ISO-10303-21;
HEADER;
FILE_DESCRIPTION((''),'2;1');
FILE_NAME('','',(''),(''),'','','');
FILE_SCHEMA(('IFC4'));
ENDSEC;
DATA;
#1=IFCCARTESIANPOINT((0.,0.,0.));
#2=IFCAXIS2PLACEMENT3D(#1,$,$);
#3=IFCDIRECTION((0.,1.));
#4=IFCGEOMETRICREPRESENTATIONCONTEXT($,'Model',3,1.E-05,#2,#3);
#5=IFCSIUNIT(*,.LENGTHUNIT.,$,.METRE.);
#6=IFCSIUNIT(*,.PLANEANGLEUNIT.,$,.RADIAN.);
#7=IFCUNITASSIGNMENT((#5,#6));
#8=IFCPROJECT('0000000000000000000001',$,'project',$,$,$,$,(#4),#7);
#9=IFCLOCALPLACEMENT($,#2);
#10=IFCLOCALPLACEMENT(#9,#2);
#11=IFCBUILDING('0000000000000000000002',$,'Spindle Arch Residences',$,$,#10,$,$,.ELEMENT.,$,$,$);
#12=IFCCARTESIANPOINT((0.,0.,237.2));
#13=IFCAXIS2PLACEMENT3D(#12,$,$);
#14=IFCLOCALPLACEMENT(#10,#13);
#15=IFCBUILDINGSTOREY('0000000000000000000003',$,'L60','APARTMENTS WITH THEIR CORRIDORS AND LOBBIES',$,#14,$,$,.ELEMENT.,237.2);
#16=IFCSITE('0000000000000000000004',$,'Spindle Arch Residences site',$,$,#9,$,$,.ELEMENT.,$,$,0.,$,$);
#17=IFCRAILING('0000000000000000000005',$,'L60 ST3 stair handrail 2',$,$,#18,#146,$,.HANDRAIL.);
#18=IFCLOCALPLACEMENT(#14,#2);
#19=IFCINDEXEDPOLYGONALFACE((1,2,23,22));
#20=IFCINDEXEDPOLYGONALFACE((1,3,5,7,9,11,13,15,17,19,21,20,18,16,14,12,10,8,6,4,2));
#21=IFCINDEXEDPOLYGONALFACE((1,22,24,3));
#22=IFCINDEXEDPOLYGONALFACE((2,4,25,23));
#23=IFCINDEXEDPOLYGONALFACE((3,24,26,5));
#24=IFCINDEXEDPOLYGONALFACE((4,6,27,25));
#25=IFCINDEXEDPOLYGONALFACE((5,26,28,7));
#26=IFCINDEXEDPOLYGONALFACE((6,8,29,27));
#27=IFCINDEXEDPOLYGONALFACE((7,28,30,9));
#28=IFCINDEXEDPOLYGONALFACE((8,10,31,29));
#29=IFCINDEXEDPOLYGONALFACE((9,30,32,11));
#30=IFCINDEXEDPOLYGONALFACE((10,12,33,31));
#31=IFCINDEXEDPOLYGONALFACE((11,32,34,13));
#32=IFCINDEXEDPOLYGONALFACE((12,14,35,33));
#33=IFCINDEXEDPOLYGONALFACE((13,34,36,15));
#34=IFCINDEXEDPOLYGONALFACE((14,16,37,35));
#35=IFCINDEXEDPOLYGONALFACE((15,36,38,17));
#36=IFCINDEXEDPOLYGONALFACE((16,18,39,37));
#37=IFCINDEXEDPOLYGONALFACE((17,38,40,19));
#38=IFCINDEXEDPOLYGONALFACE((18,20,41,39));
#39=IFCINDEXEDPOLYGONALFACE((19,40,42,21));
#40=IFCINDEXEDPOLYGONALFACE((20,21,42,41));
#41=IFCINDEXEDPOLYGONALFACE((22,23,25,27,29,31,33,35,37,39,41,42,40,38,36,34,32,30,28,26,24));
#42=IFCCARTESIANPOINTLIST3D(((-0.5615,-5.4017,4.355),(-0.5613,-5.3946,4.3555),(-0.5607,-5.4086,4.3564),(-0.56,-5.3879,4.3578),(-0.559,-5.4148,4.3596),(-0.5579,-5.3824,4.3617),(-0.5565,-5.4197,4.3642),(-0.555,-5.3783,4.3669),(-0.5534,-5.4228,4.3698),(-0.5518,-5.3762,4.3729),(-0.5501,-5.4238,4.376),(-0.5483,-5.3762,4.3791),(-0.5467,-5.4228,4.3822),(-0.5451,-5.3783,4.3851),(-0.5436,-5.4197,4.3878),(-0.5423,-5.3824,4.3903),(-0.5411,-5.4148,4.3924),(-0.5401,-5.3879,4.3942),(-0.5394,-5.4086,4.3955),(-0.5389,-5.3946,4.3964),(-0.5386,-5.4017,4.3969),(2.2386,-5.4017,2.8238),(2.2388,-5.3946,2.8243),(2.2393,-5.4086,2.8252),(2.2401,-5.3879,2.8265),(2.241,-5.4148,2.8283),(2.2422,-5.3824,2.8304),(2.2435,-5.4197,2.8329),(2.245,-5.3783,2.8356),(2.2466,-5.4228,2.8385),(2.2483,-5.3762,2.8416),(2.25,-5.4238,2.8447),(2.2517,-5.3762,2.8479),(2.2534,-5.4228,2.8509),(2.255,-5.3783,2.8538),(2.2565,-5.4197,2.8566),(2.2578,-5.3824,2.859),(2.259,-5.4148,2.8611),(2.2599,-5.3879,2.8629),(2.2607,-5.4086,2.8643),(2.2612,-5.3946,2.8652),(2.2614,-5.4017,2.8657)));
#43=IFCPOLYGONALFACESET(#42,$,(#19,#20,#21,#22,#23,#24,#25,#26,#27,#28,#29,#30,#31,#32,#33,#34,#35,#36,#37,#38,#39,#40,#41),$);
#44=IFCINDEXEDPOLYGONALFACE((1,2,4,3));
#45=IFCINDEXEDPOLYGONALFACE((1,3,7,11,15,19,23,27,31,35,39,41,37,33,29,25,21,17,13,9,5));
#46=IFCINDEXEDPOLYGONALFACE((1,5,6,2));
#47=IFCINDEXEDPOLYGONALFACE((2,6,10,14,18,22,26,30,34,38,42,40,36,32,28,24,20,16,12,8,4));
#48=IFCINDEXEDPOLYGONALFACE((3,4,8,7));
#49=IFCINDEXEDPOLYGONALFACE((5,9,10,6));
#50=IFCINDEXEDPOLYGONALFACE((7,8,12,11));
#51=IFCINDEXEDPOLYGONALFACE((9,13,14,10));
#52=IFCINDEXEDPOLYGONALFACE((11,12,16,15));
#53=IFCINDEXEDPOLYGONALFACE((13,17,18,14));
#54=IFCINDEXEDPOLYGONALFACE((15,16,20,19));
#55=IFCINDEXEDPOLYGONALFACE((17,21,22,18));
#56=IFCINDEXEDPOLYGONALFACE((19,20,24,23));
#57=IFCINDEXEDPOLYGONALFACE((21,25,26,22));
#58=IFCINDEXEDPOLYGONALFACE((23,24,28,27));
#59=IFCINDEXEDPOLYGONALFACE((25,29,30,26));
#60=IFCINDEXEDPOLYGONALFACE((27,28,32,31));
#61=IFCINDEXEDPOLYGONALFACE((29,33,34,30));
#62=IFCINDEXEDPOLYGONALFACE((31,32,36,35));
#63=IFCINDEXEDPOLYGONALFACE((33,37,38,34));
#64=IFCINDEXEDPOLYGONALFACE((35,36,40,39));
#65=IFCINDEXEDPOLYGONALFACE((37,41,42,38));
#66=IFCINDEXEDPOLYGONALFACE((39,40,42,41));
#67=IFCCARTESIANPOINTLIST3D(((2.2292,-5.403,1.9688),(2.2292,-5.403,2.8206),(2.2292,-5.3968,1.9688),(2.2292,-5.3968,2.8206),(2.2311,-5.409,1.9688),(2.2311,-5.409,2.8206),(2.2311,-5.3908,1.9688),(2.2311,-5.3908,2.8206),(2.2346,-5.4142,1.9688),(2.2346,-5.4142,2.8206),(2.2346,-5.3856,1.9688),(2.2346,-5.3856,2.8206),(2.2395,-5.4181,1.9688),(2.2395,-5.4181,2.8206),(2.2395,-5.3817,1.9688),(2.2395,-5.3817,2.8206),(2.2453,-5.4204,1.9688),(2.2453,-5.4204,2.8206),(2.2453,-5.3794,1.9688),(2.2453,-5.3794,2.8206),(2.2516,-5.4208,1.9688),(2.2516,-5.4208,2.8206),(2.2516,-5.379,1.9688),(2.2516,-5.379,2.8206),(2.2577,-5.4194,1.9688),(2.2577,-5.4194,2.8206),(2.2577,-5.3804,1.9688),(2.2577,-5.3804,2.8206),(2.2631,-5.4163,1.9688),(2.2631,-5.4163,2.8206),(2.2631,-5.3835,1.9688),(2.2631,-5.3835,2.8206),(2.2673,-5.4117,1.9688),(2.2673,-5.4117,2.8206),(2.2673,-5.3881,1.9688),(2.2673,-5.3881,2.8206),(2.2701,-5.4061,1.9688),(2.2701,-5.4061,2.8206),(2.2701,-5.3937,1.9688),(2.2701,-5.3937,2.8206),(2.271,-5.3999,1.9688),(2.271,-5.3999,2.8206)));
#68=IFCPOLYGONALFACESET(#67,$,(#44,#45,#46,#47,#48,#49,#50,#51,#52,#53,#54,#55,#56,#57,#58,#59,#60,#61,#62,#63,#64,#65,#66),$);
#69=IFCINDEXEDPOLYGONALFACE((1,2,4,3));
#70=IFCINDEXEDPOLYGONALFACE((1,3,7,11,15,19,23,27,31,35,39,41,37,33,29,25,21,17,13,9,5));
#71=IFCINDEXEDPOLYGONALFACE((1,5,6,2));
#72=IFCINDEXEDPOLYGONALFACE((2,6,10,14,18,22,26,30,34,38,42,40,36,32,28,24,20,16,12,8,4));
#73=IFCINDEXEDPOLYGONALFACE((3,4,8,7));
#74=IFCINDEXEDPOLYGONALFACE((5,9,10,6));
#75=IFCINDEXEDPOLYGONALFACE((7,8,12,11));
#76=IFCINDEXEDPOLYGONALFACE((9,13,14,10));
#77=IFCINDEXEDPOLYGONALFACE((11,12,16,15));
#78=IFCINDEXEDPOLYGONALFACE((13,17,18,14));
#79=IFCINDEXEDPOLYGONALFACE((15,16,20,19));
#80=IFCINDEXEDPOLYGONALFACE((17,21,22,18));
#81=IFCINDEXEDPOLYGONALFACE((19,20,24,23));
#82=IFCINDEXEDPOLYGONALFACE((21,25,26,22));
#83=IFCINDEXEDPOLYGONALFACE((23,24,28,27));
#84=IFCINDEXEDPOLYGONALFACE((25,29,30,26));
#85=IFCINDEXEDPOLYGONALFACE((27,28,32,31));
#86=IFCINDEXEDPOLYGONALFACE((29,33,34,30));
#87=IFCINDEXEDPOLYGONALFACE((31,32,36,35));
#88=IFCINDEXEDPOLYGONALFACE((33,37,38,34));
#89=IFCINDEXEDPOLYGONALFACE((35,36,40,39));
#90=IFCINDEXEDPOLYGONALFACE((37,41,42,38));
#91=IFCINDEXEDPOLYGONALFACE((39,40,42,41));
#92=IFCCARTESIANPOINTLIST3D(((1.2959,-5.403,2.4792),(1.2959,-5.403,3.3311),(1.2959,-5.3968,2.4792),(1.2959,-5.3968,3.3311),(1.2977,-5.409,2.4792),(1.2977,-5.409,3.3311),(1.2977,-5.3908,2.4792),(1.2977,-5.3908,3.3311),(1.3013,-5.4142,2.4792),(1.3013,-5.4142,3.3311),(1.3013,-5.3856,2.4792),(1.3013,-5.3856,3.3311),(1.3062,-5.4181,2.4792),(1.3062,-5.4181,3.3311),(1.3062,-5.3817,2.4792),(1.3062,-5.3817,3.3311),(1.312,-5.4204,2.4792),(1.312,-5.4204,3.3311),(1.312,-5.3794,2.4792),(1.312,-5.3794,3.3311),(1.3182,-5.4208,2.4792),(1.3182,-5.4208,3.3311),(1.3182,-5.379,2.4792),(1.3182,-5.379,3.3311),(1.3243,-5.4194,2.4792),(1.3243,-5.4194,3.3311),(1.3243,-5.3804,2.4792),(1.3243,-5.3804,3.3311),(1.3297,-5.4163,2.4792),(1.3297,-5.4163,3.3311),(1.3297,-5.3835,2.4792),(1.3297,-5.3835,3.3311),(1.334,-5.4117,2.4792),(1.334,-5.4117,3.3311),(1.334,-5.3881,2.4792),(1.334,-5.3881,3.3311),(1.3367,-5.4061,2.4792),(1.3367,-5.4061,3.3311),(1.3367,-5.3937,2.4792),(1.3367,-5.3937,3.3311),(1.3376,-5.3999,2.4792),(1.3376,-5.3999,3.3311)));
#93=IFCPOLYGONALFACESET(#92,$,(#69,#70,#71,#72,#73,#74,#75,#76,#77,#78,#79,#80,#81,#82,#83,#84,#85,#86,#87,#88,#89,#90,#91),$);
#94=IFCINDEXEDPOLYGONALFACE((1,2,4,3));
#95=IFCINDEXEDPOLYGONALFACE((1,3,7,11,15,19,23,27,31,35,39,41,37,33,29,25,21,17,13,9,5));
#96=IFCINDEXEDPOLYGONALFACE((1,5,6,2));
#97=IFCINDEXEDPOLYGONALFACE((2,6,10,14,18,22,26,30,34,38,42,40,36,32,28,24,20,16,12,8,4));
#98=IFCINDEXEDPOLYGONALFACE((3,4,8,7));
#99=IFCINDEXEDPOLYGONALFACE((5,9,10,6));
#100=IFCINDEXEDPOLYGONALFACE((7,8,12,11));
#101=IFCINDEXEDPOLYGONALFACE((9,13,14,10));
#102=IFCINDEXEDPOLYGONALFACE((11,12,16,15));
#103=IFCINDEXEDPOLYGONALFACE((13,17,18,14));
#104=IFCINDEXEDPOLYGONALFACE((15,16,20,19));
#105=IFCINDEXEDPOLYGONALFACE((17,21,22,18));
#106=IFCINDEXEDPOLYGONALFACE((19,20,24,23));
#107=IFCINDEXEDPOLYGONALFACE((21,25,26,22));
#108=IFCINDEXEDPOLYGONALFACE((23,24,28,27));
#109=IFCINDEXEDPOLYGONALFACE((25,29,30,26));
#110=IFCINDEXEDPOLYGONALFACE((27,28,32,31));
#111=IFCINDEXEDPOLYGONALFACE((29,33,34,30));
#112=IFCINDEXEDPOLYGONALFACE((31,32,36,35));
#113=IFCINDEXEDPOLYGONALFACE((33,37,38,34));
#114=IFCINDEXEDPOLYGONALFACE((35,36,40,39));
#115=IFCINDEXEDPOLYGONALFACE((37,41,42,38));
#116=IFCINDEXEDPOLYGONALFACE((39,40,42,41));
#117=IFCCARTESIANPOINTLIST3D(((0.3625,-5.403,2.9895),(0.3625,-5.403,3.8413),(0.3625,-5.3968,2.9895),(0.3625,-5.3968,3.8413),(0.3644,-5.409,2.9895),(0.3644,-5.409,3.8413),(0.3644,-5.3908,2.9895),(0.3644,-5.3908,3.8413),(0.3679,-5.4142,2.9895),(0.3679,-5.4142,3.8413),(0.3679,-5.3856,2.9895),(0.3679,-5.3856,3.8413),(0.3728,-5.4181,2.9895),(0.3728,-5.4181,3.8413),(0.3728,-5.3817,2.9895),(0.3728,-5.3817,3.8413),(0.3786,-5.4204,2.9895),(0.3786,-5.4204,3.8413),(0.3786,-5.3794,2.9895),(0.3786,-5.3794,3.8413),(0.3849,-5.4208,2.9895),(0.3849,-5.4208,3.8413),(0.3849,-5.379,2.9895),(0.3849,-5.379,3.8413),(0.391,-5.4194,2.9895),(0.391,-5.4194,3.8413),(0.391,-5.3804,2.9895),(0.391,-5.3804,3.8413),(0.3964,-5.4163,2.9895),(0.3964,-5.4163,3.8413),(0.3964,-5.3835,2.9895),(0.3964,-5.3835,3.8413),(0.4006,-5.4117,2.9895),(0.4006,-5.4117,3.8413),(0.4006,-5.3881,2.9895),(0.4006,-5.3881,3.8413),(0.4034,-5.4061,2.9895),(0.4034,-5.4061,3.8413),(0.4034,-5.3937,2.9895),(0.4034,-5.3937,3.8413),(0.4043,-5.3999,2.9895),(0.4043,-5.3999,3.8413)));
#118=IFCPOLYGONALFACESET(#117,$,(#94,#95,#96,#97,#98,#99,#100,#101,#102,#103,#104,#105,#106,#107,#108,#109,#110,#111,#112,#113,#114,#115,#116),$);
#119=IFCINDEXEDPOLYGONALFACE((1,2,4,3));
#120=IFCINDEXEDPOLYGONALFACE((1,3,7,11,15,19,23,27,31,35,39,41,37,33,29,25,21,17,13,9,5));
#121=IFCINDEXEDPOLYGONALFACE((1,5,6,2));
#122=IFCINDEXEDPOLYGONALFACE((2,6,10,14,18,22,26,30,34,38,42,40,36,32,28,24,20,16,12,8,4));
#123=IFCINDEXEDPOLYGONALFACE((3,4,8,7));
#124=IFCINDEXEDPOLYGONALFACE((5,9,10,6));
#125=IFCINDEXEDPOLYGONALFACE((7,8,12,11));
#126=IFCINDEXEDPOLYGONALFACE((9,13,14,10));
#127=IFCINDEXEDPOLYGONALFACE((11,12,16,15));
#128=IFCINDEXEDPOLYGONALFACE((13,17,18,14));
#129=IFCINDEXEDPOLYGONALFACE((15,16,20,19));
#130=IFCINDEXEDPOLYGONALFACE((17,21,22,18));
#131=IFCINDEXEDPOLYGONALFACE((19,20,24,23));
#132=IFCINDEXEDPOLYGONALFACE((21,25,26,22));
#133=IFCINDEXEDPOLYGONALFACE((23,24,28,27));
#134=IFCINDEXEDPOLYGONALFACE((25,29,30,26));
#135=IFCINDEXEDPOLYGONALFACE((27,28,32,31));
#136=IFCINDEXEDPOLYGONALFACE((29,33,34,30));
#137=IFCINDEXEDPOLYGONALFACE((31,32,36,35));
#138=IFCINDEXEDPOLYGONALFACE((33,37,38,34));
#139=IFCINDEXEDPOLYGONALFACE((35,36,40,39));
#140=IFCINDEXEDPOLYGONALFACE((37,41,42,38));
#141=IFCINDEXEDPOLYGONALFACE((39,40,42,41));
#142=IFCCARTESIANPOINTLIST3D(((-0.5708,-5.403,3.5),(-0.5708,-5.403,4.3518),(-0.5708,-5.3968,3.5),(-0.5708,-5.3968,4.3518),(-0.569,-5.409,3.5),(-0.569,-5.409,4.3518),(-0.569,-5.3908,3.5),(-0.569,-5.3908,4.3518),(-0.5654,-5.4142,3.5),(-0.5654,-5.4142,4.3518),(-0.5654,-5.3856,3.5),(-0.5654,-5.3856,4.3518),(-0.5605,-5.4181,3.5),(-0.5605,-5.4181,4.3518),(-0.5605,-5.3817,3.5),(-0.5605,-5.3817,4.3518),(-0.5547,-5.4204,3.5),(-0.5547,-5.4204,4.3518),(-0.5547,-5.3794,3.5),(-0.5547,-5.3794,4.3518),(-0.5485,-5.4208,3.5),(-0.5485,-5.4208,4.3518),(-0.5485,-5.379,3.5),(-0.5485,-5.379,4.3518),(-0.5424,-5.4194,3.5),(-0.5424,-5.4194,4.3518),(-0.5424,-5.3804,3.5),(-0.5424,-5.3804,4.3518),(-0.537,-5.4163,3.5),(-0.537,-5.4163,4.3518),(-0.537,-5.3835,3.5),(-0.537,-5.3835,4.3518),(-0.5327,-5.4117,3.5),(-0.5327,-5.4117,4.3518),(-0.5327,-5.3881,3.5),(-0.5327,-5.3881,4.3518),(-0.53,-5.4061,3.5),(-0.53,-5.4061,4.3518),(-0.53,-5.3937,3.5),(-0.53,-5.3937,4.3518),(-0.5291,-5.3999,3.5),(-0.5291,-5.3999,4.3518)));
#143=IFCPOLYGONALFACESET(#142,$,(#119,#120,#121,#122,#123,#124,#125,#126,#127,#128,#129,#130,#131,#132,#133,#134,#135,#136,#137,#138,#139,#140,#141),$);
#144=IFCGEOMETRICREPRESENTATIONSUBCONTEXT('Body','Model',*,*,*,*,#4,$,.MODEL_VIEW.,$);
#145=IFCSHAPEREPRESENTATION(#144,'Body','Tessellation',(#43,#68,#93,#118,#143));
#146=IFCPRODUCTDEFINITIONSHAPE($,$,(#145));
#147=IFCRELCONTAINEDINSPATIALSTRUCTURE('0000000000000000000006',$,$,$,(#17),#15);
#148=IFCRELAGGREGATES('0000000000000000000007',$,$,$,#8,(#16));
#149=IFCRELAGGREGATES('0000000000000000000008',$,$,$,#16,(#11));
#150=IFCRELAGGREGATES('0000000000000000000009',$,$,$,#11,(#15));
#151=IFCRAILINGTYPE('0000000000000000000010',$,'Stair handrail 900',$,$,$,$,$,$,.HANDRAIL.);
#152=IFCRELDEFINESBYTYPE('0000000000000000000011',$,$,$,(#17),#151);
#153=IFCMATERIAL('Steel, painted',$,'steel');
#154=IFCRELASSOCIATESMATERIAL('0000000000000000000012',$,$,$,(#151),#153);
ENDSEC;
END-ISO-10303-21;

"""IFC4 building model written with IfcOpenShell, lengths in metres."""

from ifc_helpers import new_model, si_unit, direction, frame, origin, origin_2d, place, context, subcontext, project, spatial, circle, extrude, material, type_object, element, save


model = new_model("IFC4")

# Units and contexts
model_context = context("Model", 3, precision=1e-05, world=origin(), true_north=direction((0.0, 1.0)))
body_context = subcontext(model_context, "Body", "Model", "MODEL_VIEW")
ifc_project = project(units=[si_unit("LENGTHUNIT", "METRE"), si_unit("PLANEANGLEUNIT", "RADIAN")], contexts=[model_context])

# Site, building, storey
site_placement = place(None, origin())
site = spatial("IfcSite", under=ifc_project, at=site_placement, Name="Spindle Arch Residences site", CompositionType="ELEMENT", RefElevation=0.0)
building_placement = place(site_placement, origin())
building = spatial("IfcBuilding", under=site, at=building_placement, Name="Spindle Arch Residences", CompositionType="ELEMENT")
storey_placement = place(building_placement, frame((0.0, 0.0, 237.2)))
storey = spatial("IfcBuildingStorey", under=building, at=storey_placement, Name="L60", Description="APARTMENTS WITH THEIR CORRIDORS AND LOBBIES", CompositionType="ELEMENT", Elevation=237.2)

# Railing
ifc_material_1 = material(Name="Steel, painted", Category="steel")
railing_type = type_object("IfcRailingType", Name="Stair handrail 900", PredefinedType="HANDRAIL", material=ifc_material_1)
railing_placement = place(storey_placement, frame((2.25, -5.3999, 1.9688)))
element("IfcRailing", 1, at=railing_placement, inside=storey, type_object=railing_type, Name="L60 ST3 stair handrail 2", PredefinedType="HANDRAIL", context=body_context, shape_type="SweptSolid", body=[
    extrude(circle(Radius=0.0239, at=origin_2d()), frame((0.0, 0.0, 0.876), z_axis=(-0.877375, 0.0, 0.479806), x_axis=(0.0, -1.0, 0.0)), (0.0, 0.0, 1.0), 3.1914),
    extrude(circle(Radius=0.021, at=origin_2d()), origin(), (0.0, 0.0, 1.0), 0.8518),
    extrude(circle(Radius=0.021, at=origin_2d()), frame((-0.9333, 0.0, 0.5105)), (0.0, 0.0, 1.0), 0.8518),
    extrude(circle(Radius=0.021, at=origin_2d()), frame((-1.8667, 0.0, 1.0208)), (0.0, 0.0, 1.0), 0.8518),
    extrude(circle(Radius=0.021, at=origin_2d()), frame((-2.8, 0.0, 1.5312)), (0.0, 0.0, 1.0), 0.8518),
])

save(model, "model.ifc")
